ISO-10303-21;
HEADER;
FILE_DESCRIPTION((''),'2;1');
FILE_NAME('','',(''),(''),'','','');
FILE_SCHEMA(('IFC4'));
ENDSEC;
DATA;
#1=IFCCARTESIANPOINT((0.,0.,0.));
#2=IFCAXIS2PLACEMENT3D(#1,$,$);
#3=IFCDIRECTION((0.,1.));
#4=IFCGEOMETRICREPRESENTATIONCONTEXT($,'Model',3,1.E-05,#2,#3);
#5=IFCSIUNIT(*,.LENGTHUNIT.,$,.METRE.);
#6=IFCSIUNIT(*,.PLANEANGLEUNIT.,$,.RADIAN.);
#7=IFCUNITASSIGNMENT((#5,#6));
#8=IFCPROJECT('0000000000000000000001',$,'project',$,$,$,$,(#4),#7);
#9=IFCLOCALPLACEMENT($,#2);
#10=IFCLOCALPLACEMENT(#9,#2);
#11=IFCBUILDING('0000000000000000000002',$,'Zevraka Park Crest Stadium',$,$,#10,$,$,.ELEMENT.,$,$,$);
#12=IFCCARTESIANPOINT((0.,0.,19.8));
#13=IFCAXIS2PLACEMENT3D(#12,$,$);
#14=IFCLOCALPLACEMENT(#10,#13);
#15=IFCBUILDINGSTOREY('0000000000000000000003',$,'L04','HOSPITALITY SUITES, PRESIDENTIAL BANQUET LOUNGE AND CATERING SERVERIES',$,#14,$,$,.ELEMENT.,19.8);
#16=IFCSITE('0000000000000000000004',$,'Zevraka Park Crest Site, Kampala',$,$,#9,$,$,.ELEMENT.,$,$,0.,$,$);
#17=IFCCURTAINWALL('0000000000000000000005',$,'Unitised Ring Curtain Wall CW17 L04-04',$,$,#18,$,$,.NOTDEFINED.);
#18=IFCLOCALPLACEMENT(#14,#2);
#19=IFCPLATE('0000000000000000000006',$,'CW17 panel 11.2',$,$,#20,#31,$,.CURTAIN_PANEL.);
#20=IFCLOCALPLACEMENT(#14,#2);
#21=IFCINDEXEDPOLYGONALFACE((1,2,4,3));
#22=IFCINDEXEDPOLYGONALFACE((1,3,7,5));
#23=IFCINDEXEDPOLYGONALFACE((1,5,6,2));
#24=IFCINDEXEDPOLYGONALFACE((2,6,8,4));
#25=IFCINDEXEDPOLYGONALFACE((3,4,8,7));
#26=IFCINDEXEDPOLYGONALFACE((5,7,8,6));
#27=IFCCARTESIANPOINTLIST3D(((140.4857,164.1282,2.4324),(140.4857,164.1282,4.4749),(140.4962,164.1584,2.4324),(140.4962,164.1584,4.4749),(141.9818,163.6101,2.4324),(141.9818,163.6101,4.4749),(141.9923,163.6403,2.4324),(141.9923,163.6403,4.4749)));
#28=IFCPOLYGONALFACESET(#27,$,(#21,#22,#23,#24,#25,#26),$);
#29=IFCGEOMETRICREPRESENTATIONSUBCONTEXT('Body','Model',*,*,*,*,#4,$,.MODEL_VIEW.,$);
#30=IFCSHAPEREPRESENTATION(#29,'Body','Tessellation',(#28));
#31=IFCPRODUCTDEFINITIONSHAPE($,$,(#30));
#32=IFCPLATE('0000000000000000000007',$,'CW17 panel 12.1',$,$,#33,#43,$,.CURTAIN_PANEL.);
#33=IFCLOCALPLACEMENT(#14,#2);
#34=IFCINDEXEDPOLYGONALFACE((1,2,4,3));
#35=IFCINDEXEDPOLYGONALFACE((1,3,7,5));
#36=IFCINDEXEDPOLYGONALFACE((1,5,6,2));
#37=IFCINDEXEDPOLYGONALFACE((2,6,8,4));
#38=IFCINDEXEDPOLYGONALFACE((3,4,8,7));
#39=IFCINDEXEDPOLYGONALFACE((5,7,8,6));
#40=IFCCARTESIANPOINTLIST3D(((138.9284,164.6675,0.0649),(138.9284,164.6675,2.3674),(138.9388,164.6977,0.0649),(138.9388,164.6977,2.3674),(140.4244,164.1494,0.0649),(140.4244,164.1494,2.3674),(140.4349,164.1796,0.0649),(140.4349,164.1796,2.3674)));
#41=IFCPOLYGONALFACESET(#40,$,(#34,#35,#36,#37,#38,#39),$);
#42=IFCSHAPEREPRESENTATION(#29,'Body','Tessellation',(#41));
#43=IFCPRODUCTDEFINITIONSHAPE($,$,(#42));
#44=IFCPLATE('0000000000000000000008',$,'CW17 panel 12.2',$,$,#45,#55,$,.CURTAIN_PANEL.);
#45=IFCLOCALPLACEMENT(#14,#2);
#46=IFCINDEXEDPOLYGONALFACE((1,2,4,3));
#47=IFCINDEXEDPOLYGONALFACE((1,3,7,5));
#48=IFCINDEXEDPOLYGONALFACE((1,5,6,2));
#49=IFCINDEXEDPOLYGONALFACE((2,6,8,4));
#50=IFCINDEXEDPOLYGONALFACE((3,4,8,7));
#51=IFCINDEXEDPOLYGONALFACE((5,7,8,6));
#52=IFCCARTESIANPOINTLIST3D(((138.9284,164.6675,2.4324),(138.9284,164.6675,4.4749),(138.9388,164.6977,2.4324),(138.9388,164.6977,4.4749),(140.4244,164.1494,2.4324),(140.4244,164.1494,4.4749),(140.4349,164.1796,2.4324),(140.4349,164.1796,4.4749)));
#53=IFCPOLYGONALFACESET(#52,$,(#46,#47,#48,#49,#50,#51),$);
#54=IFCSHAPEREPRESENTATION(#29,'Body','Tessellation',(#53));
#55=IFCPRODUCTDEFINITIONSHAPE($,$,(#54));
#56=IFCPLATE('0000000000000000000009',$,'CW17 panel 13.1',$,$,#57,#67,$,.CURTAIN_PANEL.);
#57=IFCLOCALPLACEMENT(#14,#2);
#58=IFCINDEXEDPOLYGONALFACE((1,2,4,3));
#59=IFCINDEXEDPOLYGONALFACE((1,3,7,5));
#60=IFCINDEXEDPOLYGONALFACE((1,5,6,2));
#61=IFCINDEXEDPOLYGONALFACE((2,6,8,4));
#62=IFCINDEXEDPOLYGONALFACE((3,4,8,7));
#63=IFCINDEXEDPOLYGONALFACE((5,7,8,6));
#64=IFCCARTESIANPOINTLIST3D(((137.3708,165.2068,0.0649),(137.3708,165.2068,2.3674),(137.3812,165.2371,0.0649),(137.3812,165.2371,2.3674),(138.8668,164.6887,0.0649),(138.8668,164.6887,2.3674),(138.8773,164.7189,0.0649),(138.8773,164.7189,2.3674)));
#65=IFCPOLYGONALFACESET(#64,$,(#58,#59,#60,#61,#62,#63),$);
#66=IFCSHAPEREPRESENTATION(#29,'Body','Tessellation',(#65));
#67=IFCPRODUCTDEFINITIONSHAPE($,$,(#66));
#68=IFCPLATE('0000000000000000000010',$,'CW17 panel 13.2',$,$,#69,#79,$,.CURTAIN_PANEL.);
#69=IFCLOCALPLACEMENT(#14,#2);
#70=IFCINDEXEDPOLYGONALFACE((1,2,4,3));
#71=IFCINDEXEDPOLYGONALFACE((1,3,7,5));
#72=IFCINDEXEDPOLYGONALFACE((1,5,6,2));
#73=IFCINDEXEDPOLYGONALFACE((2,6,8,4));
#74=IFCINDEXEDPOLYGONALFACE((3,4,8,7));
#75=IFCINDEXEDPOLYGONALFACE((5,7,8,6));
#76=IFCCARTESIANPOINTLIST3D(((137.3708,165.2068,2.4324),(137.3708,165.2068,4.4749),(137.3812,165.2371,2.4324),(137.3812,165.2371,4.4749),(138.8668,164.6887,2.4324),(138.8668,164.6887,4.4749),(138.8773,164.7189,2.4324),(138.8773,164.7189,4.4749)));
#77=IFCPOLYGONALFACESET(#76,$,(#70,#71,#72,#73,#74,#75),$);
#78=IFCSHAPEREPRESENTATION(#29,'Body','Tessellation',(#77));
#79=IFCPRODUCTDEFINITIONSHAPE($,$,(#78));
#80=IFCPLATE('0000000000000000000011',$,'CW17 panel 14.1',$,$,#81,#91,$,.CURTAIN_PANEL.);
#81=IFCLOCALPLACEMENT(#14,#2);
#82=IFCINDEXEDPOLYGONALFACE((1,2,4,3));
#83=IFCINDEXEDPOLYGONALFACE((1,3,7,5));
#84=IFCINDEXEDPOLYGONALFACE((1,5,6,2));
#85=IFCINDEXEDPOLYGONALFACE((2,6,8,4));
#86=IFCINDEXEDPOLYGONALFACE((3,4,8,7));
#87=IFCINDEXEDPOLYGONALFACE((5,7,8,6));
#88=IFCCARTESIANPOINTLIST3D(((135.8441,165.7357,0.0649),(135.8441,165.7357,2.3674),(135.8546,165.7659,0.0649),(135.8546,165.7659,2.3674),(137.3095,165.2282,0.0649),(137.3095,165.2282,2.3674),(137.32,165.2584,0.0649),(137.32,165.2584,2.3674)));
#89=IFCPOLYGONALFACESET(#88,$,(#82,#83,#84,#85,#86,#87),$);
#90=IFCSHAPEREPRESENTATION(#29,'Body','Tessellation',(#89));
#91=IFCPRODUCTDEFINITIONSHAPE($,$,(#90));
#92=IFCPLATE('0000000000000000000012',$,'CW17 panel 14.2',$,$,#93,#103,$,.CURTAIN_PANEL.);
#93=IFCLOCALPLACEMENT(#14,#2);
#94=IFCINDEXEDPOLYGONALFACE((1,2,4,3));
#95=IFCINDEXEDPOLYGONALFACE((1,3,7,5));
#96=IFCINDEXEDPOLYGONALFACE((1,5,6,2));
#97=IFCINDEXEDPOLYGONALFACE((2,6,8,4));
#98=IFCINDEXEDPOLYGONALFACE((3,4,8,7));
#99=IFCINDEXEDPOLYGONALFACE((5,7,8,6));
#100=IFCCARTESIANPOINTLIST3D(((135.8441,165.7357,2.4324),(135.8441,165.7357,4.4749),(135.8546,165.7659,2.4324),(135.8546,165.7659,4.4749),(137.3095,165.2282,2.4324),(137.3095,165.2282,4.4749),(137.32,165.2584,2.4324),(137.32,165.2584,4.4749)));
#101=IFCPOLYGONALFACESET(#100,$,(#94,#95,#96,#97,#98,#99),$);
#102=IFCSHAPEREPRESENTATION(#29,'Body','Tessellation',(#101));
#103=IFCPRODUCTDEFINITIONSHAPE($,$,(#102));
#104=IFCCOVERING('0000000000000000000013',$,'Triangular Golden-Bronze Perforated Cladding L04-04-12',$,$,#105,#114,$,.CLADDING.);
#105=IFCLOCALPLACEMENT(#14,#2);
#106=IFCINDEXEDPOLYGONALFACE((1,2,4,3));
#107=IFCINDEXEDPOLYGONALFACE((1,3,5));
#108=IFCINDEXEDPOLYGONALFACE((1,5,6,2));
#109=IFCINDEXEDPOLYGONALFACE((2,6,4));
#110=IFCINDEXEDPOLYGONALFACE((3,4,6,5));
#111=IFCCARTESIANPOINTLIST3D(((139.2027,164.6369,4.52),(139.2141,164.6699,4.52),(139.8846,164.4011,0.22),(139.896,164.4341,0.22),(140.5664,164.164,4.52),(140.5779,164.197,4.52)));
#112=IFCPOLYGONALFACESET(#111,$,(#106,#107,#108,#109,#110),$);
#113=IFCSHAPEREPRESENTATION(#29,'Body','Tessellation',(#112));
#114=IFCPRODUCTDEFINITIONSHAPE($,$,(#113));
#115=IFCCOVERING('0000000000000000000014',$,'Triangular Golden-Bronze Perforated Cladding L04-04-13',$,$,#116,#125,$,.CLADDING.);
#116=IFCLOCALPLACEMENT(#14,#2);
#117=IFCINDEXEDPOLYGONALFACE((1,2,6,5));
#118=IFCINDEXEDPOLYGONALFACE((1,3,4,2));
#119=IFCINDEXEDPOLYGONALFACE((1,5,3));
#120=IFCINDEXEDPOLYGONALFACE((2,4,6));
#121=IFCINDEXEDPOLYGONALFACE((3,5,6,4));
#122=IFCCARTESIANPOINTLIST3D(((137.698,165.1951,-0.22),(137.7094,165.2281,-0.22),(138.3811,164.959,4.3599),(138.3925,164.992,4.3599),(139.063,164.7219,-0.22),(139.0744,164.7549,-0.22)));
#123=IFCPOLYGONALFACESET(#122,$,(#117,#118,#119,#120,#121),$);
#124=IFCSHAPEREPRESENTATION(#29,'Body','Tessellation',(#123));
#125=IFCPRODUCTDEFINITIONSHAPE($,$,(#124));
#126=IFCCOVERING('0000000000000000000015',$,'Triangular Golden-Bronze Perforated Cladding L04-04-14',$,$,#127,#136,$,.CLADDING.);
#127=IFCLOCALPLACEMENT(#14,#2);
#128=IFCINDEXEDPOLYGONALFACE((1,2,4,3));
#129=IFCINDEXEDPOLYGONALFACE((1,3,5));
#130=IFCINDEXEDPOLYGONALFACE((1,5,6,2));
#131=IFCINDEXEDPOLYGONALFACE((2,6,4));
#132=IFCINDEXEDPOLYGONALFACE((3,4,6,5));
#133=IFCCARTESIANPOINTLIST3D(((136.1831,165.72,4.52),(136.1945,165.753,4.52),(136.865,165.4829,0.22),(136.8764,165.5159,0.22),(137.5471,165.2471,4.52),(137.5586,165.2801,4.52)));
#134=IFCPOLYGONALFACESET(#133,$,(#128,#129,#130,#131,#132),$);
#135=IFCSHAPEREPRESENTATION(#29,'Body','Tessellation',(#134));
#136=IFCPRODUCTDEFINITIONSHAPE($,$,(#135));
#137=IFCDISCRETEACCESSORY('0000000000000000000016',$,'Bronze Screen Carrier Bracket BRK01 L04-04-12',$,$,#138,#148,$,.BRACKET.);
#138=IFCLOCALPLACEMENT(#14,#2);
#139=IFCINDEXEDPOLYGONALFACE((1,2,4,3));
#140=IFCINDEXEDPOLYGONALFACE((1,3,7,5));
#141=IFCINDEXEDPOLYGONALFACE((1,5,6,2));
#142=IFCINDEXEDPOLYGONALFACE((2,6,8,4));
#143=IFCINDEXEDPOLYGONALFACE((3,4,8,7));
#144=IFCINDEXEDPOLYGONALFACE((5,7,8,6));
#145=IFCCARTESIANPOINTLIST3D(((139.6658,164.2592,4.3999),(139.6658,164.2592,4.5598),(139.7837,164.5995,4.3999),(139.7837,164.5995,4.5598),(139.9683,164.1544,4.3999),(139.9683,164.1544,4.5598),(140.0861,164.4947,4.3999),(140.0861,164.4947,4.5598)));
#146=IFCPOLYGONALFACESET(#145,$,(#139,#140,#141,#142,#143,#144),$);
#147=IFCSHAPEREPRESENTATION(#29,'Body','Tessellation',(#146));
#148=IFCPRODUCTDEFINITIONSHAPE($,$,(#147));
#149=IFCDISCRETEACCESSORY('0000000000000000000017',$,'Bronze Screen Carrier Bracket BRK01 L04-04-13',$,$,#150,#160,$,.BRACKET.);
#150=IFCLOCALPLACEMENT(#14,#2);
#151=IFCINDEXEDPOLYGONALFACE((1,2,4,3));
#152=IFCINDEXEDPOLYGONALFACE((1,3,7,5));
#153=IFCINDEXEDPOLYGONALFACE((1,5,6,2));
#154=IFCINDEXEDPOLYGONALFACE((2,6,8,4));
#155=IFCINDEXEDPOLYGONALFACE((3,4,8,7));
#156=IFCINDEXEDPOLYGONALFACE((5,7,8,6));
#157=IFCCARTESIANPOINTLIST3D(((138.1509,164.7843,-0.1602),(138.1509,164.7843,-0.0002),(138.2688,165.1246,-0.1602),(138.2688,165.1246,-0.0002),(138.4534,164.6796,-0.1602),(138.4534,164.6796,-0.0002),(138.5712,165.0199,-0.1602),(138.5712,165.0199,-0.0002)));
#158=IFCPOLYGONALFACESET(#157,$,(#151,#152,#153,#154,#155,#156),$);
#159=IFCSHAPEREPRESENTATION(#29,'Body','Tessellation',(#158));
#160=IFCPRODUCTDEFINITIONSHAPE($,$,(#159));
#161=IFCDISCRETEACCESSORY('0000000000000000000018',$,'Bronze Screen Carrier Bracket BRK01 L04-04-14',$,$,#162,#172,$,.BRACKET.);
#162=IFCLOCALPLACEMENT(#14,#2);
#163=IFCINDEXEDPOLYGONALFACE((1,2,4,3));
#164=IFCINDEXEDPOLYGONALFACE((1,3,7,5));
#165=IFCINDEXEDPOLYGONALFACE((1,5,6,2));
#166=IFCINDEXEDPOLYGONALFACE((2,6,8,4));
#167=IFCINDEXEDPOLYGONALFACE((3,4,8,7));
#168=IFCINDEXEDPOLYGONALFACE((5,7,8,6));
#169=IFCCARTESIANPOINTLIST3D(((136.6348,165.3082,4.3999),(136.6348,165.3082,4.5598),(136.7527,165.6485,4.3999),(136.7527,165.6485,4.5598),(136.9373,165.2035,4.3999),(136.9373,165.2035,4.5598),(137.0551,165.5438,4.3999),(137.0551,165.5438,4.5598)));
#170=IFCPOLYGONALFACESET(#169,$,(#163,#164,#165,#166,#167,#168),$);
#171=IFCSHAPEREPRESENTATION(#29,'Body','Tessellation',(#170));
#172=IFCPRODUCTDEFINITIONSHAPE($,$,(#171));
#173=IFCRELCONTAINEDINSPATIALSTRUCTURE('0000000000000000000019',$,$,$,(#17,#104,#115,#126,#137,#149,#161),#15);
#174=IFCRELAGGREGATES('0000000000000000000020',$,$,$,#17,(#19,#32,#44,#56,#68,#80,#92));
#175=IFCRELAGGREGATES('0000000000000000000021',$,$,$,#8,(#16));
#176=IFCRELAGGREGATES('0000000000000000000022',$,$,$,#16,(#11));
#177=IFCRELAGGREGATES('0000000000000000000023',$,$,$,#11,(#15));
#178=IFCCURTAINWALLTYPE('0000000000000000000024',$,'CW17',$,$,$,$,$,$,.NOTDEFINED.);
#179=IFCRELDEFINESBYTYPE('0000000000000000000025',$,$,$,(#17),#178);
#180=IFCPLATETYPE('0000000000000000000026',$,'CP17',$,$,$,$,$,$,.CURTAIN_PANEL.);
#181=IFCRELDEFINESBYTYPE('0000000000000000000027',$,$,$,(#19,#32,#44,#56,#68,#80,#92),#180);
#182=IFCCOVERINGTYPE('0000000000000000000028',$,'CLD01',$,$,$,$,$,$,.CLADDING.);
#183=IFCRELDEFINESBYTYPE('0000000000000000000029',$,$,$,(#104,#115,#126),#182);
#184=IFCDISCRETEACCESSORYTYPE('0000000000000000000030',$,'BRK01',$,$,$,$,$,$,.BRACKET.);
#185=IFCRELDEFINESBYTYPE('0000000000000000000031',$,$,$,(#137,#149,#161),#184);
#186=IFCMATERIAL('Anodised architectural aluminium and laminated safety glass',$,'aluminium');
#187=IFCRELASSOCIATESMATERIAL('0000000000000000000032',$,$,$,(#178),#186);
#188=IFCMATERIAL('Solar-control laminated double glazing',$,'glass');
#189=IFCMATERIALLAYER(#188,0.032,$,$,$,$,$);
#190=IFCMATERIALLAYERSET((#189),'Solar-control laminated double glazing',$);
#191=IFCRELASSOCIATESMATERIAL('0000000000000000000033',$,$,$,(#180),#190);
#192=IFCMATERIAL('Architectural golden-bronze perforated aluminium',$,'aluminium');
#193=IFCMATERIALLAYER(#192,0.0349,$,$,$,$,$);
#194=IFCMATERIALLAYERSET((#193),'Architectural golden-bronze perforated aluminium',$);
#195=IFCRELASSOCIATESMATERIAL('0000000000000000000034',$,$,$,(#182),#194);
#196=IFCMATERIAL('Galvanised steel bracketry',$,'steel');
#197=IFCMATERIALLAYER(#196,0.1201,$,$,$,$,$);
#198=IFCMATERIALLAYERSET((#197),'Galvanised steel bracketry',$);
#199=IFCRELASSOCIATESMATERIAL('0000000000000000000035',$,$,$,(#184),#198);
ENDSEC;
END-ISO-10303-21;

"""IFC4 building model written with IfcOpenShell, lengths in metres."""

from ifc_helpers import new_model, si_unit, direction, frame, origin, origin_2d, place, context, subcontext, project, spatial, polyline, rectangle, outline, extrude, material, layer, layer_set, type_object, element, aggregate, save


model = new_model("IFC4")

# Units and contexts
model_context = context("Model", 3, precision=1e-05, world=origin(), true_north=direction((0.0, 1.0)))
body_context = subcontext(model_context, "Body", "Model", "MODEL_VIEW")
ifc_project = project(units=[si_unit("LENGTHUNIT", "METRE"), si_unit("PLANEANGLEUNIT", "RADIAN")], contexts=[model_context])

# Site, building, storey
site_placement = place(None, origin())
site = spatial("IfcSite", under=ifc_project, at=site_placement, Name="Zevraka Park Crest Site, Kampala", CompositionType="ELEMENT", RefElevation=0.0)
building_placement = place(site_placement, origin())
building = spatial("IfcBuilding", under=site, at=building_placement, Name="Zevraka Park Crest Stadium", CompositionType="ELEMENT")
storey_placement = place(building_placement, frame((0.0, 0.0, 19.8)))
storey = spatial("IfcBuildingStorey", under=building, at=storey_placement, Name="L04", Description="HOSPITALITY SUITES, PRESIDENTIAL BANQUET LOUNGE AND CATERING SERVERIES", CompositionType="ELEMENT", Elevation=19.8)

# Curtain wall, plates
ifc_material_1 = material(Name="Anodised architectural aluminium and laminated safety glass", Category="aluminium")
curtain_wall_type = type_object("IfcCurtainWallType", Name="CW17", PredefinedType="NOTDEFINED", material=ifc_material_1)
curtain_wall_placement = place(storey_placement, origin())
curtain_wall = element("IfcCurtainWall", 1, at=curtain_wall_placement, inside=storey, type_object=curtain_wall_type, Name="Unitised Ring Curtain Wall CW17 L04-04", PredefinedType="NOTDEFINED")
ifc_material_2 = material(Name="Solar-control laminated double glazing", Category="glass")
ifc_layer_1 = layer(ifc_material_2, 0.032)
ifc_layer_set_1 = layer_set([ifc_layer_1], Name="Solar-control laminated double glazing")
plate_type = type_object("IfcPlateType", Name="CP17", PredefinedType="CURTAIN_PANEL", material=ifc_layer_set_1)
plate_1_placement = place(storey_placement, frame((141.239, 163.8843, 2.4324), z_axis=(0.0, 0.0, 1.0), x_axis=(-0.94494, 0.327245, 0.0)))
plate_1 = element("IfcPlate", 2, at=plate_1_placement, type_object=plate_type, Name="CW17 panel 11.2", PredefinedType="CURTAIN_PANEL", context=body_context, shape_type="SweptSolid", body=[
    extrude(rectangle(XDim=1.5833, YDim=0.032, at=origin_2d()), origin(), (0.0, 0.0, 1.0), 2.0425),
])
plate_2_placement = place(storey_placement, frame((139.6816, 164.4236, 0.0649), z_axis=(0.0, 0.0, 1.0), x_axis=(-0.94494, 0.327245, 0.0)))
plate_2 = element("IfcPlate", 3, at=plate_2_placement, type_object=plate_type, Name="CW17 panel 12.1", PredefinedType="CURTAIN_PANEL", context=body_context, shape_type="SweptSolid", body=[
    extrude(rectangle(XDim=1.5833, YDim=0.032, at=origin_2d()), origin(), (0.0, 0.0, 1.0), 2.3025),
])
plate_3_placement = place(storey_placement, frame((139.6816, 164.4236, 2.4324), z_axis=(0.0, 0.0, 1.0), x_axis=(-0.94494, 0.327245, 0.0)))
plate_3 = element("IfcPlate", 4, at=plate_3_placement, type_object=plate_type, Name="CW17 panel 12.2", PredefinedType="CURTAIN_PANEL", context=body_context, shape_type="SweptSolid", body=[
    extrude(rectangle(XDim=1.5833, YDim=0.032, at=origin_2d()), origin(), (0.0, 0.0, 1.0), 2.0425),
])
plate_4_placement = place(storey_placement, frame((138.124, 164.9629, 0.0649), z_axis=(0.0, 0.0, 1.0), x_axis=(-0.94494, 0.327245, 0.0)))
plate_4 = element("IfcPlate", 5, at=plate_4_placement, type_object=plate_type, Name="CW17 panel 13.1", PredefinedType="CURTAIN_PANEL", context=body_context, shape_type="SweptSolid", body=[
    extrude(rectangle(XDim=1.5833, YDim=0.032, at=origin_2d()), origin(), (0.0, 0.0, 1.0), 2.3025),
])
plate_5_placement = place(storey_placement, frame((138.124, 164.9629, 2.4324), z_axis=(0.0, 0.0, 1.0), x_axis=(-0.94494, 0.327245, 0.0)))
plate_5 = element("IfcPlate", 6, at=plate_5_placement, type_object=plate_type, Name="CW17 panel 13.2", PredefinedType="CURTAIN_PANEL", context=body_context, shape_type="SweptSolid", body=[
    extrude(rectangle(XDim=1.5833, YDim=0.032, at=origin_2d()), origin(), (0.0, 0.0, 1.0), 2.0425),
])
plate_6_placement = place(storey_placement, frame((136.582, 165.4971, 0.0649), z_axis=(0.0, 0.0, 1.0), x_axis=(-0.94494, 0.327245, 0.0)))
plate_6 = element("IfcPlate", 7, at=plate_6_placement, type_object=plate_type, Name="CW17 panel 14.1", PredefinedType="CURTAIN_PANEL", context=body_context, shape_type="SweptSolid", body=[
    extrude(rectangle(XDim=1.5508, YDim=0.032, at=origin_2d()), origin(), (0.0, 0.0, 1.0), 2.3025),
])
plate_7_placement = place(storey_placement, frame((136.582, 165.4971, 2.4324), z_axis=(0.0, 0.0, 1.0), x_axis=(-0.94494, 0.327245, 0.0)))
plate_7 = element("IfcPlate", 8, at=plate_7_placement, type_object=plate_type, Name="CW17 panel 14.2", PredefinedType="CURTAIN_PANEL", context=body_context, shape_type="SweptSolid", body=[
    extrude(rectangle(XDim=1.5508, YDim=0.032, at=origin_2d()), origin(), (0.0, 0.0, 1.0), 2.0425),
])
aggregate(curtain_wall, [plate_1, plate_2, plate_3, plate_4, plate_5, plate_6, plate_7])

# Coverings
ifc_material_3 = material(Name="Architectural golden-bronze perforated aluminium", Category="aluminium")
ifc_layer_2 = layer(ifc_material_3, 0.0349)
ifc_layer_set_2 = layer_set([ifc_layer_2], Name="Architectural golden-bronze perforated aluminium")
covering_type = type_object("IfcCoveringType", Name="CLD01", PredefinedType="CLADDING", material=ifc_layer_set_2)
covering_1_placement = place(storey_placement, frame((139.2141, 164.6699, 4.52), z_axis=(0.327622, 0.944809, 0.000134), x_axis=(0.944809, -0.327622, 0.0)))
element("IfcCovering", 9, at=covering_1_placement, inside=storey, type_object=covering_type, Name="Triangular Golden-Bronze Perforated Cladding L04-04-12", PredefinedType="CLADDING", context=body_context, shape_type="SweptSolid", body=[
    extrude(outline(polyline([(0.0, 0.0), (1.4434, 0.0), (0.7215, 4.3), (0.0, 0.0)])), origin(), (0.0, 0.0, -1.0), 0.0349),
])
covering_2_placement = place(storey_placement, frame((139.063, 164.7219, -0.22), z_axis=(-0.327511, -0.944847, 0.000144), x_axis=(-0.944847, 0.327511, 0.0)))
element("IfcCovering", 10, at=covering_2_placement, inside=storey, type_object=covering_type, Name="Triangular Golden-Bronze Perforated Cladding L04-04-13", PredefinedType="CLADDING", context=body_context, shape_type="SweptSolid", body=[
    extrude(outline(polyline([(0.0, 0.0), (1.4447, 0.0), (0.7219, -4.5798), (0.0, 0.0)])), origin(), (0.0, 0.0, -1.0), 0.0349),
])
covering_3_placement = place(storey_placement, frame((136.1831, 165.72, 4.52), z_axis=(-0.327569, -0.944827, 0.000143), x_axis=(0.944827, -0.327569, 0.0)))
element("IfcCovering", 11, at=covering_3_placement, inside=storey, type_object=covering_type, Name="Triangular Golden-Bronze Perforated Cladding L04-04-14", PredefinedType="CLADDING", context=body_context, shape_type="SweptSolid", body=[
    extrude(outline(polyline([(0.0, 0.0), (1.4437, 0.0), (0.7219, -4.3), (0.0, 0.0)])), origin(), (0.0, 0.0, -1.0), 0.0349),
])

# Discrete accessories
ifc_material_4 = material(Name="Galvanised steel bracketry", Category="steel")
ifc_layer_3 = layer(ifc_material_4, 0.1201)
ifc_layer_set_3 = layer_set([ifc_layer_3], Name="Galvanised steel bracketry")
discrete_accessory_type = type_object("IfcDiscreteAccessoryType", Name="BRK01", PredefinedType="BRACKET", material=ifc_layer_set_3)
for number, where, z_axis, x_axis, name in (
    (12, (139.876, 164.377, 4.3999), (0.0, 0.0, 1.0), (-0.944949, 0.327218, 0.0), "Bronze Screen Carrier Bracket BRK01 L04-04-12"),
    (13, (138.3611, 164.9021, -0.1602), (0.0, 0.0, 1.0), (-0.944949, 0.327218, 0.0), "Bronze Screen Carrier Bracket BRK01 L04-04-13"),
    (14, (136.845, 165.426, 4.3999), (0.0, 0.0, 1.0), (-0.944949, 0.327218, 0.0), "Bronze Screen Carrier Bracket BRK01 L04-04-14"),
):
    element("IfcDiscreteAccessory", number, at=place(storey_placement, frame(where, z_axis=z_axis, x_axis=x_axis)), inside=storey, type_object=discrete_accessory_type, Name=name, PredefinedType="BRACKET", context=body_context, shape_type="SweptSolid", body=[
        extrude(rectangle(XDim=0.3201, YDim=0.3601, at=origin_2d()), origin(), (0.0, 0.0, 1.0), 0.1599),
    ])

save(model, "model.ifc")
